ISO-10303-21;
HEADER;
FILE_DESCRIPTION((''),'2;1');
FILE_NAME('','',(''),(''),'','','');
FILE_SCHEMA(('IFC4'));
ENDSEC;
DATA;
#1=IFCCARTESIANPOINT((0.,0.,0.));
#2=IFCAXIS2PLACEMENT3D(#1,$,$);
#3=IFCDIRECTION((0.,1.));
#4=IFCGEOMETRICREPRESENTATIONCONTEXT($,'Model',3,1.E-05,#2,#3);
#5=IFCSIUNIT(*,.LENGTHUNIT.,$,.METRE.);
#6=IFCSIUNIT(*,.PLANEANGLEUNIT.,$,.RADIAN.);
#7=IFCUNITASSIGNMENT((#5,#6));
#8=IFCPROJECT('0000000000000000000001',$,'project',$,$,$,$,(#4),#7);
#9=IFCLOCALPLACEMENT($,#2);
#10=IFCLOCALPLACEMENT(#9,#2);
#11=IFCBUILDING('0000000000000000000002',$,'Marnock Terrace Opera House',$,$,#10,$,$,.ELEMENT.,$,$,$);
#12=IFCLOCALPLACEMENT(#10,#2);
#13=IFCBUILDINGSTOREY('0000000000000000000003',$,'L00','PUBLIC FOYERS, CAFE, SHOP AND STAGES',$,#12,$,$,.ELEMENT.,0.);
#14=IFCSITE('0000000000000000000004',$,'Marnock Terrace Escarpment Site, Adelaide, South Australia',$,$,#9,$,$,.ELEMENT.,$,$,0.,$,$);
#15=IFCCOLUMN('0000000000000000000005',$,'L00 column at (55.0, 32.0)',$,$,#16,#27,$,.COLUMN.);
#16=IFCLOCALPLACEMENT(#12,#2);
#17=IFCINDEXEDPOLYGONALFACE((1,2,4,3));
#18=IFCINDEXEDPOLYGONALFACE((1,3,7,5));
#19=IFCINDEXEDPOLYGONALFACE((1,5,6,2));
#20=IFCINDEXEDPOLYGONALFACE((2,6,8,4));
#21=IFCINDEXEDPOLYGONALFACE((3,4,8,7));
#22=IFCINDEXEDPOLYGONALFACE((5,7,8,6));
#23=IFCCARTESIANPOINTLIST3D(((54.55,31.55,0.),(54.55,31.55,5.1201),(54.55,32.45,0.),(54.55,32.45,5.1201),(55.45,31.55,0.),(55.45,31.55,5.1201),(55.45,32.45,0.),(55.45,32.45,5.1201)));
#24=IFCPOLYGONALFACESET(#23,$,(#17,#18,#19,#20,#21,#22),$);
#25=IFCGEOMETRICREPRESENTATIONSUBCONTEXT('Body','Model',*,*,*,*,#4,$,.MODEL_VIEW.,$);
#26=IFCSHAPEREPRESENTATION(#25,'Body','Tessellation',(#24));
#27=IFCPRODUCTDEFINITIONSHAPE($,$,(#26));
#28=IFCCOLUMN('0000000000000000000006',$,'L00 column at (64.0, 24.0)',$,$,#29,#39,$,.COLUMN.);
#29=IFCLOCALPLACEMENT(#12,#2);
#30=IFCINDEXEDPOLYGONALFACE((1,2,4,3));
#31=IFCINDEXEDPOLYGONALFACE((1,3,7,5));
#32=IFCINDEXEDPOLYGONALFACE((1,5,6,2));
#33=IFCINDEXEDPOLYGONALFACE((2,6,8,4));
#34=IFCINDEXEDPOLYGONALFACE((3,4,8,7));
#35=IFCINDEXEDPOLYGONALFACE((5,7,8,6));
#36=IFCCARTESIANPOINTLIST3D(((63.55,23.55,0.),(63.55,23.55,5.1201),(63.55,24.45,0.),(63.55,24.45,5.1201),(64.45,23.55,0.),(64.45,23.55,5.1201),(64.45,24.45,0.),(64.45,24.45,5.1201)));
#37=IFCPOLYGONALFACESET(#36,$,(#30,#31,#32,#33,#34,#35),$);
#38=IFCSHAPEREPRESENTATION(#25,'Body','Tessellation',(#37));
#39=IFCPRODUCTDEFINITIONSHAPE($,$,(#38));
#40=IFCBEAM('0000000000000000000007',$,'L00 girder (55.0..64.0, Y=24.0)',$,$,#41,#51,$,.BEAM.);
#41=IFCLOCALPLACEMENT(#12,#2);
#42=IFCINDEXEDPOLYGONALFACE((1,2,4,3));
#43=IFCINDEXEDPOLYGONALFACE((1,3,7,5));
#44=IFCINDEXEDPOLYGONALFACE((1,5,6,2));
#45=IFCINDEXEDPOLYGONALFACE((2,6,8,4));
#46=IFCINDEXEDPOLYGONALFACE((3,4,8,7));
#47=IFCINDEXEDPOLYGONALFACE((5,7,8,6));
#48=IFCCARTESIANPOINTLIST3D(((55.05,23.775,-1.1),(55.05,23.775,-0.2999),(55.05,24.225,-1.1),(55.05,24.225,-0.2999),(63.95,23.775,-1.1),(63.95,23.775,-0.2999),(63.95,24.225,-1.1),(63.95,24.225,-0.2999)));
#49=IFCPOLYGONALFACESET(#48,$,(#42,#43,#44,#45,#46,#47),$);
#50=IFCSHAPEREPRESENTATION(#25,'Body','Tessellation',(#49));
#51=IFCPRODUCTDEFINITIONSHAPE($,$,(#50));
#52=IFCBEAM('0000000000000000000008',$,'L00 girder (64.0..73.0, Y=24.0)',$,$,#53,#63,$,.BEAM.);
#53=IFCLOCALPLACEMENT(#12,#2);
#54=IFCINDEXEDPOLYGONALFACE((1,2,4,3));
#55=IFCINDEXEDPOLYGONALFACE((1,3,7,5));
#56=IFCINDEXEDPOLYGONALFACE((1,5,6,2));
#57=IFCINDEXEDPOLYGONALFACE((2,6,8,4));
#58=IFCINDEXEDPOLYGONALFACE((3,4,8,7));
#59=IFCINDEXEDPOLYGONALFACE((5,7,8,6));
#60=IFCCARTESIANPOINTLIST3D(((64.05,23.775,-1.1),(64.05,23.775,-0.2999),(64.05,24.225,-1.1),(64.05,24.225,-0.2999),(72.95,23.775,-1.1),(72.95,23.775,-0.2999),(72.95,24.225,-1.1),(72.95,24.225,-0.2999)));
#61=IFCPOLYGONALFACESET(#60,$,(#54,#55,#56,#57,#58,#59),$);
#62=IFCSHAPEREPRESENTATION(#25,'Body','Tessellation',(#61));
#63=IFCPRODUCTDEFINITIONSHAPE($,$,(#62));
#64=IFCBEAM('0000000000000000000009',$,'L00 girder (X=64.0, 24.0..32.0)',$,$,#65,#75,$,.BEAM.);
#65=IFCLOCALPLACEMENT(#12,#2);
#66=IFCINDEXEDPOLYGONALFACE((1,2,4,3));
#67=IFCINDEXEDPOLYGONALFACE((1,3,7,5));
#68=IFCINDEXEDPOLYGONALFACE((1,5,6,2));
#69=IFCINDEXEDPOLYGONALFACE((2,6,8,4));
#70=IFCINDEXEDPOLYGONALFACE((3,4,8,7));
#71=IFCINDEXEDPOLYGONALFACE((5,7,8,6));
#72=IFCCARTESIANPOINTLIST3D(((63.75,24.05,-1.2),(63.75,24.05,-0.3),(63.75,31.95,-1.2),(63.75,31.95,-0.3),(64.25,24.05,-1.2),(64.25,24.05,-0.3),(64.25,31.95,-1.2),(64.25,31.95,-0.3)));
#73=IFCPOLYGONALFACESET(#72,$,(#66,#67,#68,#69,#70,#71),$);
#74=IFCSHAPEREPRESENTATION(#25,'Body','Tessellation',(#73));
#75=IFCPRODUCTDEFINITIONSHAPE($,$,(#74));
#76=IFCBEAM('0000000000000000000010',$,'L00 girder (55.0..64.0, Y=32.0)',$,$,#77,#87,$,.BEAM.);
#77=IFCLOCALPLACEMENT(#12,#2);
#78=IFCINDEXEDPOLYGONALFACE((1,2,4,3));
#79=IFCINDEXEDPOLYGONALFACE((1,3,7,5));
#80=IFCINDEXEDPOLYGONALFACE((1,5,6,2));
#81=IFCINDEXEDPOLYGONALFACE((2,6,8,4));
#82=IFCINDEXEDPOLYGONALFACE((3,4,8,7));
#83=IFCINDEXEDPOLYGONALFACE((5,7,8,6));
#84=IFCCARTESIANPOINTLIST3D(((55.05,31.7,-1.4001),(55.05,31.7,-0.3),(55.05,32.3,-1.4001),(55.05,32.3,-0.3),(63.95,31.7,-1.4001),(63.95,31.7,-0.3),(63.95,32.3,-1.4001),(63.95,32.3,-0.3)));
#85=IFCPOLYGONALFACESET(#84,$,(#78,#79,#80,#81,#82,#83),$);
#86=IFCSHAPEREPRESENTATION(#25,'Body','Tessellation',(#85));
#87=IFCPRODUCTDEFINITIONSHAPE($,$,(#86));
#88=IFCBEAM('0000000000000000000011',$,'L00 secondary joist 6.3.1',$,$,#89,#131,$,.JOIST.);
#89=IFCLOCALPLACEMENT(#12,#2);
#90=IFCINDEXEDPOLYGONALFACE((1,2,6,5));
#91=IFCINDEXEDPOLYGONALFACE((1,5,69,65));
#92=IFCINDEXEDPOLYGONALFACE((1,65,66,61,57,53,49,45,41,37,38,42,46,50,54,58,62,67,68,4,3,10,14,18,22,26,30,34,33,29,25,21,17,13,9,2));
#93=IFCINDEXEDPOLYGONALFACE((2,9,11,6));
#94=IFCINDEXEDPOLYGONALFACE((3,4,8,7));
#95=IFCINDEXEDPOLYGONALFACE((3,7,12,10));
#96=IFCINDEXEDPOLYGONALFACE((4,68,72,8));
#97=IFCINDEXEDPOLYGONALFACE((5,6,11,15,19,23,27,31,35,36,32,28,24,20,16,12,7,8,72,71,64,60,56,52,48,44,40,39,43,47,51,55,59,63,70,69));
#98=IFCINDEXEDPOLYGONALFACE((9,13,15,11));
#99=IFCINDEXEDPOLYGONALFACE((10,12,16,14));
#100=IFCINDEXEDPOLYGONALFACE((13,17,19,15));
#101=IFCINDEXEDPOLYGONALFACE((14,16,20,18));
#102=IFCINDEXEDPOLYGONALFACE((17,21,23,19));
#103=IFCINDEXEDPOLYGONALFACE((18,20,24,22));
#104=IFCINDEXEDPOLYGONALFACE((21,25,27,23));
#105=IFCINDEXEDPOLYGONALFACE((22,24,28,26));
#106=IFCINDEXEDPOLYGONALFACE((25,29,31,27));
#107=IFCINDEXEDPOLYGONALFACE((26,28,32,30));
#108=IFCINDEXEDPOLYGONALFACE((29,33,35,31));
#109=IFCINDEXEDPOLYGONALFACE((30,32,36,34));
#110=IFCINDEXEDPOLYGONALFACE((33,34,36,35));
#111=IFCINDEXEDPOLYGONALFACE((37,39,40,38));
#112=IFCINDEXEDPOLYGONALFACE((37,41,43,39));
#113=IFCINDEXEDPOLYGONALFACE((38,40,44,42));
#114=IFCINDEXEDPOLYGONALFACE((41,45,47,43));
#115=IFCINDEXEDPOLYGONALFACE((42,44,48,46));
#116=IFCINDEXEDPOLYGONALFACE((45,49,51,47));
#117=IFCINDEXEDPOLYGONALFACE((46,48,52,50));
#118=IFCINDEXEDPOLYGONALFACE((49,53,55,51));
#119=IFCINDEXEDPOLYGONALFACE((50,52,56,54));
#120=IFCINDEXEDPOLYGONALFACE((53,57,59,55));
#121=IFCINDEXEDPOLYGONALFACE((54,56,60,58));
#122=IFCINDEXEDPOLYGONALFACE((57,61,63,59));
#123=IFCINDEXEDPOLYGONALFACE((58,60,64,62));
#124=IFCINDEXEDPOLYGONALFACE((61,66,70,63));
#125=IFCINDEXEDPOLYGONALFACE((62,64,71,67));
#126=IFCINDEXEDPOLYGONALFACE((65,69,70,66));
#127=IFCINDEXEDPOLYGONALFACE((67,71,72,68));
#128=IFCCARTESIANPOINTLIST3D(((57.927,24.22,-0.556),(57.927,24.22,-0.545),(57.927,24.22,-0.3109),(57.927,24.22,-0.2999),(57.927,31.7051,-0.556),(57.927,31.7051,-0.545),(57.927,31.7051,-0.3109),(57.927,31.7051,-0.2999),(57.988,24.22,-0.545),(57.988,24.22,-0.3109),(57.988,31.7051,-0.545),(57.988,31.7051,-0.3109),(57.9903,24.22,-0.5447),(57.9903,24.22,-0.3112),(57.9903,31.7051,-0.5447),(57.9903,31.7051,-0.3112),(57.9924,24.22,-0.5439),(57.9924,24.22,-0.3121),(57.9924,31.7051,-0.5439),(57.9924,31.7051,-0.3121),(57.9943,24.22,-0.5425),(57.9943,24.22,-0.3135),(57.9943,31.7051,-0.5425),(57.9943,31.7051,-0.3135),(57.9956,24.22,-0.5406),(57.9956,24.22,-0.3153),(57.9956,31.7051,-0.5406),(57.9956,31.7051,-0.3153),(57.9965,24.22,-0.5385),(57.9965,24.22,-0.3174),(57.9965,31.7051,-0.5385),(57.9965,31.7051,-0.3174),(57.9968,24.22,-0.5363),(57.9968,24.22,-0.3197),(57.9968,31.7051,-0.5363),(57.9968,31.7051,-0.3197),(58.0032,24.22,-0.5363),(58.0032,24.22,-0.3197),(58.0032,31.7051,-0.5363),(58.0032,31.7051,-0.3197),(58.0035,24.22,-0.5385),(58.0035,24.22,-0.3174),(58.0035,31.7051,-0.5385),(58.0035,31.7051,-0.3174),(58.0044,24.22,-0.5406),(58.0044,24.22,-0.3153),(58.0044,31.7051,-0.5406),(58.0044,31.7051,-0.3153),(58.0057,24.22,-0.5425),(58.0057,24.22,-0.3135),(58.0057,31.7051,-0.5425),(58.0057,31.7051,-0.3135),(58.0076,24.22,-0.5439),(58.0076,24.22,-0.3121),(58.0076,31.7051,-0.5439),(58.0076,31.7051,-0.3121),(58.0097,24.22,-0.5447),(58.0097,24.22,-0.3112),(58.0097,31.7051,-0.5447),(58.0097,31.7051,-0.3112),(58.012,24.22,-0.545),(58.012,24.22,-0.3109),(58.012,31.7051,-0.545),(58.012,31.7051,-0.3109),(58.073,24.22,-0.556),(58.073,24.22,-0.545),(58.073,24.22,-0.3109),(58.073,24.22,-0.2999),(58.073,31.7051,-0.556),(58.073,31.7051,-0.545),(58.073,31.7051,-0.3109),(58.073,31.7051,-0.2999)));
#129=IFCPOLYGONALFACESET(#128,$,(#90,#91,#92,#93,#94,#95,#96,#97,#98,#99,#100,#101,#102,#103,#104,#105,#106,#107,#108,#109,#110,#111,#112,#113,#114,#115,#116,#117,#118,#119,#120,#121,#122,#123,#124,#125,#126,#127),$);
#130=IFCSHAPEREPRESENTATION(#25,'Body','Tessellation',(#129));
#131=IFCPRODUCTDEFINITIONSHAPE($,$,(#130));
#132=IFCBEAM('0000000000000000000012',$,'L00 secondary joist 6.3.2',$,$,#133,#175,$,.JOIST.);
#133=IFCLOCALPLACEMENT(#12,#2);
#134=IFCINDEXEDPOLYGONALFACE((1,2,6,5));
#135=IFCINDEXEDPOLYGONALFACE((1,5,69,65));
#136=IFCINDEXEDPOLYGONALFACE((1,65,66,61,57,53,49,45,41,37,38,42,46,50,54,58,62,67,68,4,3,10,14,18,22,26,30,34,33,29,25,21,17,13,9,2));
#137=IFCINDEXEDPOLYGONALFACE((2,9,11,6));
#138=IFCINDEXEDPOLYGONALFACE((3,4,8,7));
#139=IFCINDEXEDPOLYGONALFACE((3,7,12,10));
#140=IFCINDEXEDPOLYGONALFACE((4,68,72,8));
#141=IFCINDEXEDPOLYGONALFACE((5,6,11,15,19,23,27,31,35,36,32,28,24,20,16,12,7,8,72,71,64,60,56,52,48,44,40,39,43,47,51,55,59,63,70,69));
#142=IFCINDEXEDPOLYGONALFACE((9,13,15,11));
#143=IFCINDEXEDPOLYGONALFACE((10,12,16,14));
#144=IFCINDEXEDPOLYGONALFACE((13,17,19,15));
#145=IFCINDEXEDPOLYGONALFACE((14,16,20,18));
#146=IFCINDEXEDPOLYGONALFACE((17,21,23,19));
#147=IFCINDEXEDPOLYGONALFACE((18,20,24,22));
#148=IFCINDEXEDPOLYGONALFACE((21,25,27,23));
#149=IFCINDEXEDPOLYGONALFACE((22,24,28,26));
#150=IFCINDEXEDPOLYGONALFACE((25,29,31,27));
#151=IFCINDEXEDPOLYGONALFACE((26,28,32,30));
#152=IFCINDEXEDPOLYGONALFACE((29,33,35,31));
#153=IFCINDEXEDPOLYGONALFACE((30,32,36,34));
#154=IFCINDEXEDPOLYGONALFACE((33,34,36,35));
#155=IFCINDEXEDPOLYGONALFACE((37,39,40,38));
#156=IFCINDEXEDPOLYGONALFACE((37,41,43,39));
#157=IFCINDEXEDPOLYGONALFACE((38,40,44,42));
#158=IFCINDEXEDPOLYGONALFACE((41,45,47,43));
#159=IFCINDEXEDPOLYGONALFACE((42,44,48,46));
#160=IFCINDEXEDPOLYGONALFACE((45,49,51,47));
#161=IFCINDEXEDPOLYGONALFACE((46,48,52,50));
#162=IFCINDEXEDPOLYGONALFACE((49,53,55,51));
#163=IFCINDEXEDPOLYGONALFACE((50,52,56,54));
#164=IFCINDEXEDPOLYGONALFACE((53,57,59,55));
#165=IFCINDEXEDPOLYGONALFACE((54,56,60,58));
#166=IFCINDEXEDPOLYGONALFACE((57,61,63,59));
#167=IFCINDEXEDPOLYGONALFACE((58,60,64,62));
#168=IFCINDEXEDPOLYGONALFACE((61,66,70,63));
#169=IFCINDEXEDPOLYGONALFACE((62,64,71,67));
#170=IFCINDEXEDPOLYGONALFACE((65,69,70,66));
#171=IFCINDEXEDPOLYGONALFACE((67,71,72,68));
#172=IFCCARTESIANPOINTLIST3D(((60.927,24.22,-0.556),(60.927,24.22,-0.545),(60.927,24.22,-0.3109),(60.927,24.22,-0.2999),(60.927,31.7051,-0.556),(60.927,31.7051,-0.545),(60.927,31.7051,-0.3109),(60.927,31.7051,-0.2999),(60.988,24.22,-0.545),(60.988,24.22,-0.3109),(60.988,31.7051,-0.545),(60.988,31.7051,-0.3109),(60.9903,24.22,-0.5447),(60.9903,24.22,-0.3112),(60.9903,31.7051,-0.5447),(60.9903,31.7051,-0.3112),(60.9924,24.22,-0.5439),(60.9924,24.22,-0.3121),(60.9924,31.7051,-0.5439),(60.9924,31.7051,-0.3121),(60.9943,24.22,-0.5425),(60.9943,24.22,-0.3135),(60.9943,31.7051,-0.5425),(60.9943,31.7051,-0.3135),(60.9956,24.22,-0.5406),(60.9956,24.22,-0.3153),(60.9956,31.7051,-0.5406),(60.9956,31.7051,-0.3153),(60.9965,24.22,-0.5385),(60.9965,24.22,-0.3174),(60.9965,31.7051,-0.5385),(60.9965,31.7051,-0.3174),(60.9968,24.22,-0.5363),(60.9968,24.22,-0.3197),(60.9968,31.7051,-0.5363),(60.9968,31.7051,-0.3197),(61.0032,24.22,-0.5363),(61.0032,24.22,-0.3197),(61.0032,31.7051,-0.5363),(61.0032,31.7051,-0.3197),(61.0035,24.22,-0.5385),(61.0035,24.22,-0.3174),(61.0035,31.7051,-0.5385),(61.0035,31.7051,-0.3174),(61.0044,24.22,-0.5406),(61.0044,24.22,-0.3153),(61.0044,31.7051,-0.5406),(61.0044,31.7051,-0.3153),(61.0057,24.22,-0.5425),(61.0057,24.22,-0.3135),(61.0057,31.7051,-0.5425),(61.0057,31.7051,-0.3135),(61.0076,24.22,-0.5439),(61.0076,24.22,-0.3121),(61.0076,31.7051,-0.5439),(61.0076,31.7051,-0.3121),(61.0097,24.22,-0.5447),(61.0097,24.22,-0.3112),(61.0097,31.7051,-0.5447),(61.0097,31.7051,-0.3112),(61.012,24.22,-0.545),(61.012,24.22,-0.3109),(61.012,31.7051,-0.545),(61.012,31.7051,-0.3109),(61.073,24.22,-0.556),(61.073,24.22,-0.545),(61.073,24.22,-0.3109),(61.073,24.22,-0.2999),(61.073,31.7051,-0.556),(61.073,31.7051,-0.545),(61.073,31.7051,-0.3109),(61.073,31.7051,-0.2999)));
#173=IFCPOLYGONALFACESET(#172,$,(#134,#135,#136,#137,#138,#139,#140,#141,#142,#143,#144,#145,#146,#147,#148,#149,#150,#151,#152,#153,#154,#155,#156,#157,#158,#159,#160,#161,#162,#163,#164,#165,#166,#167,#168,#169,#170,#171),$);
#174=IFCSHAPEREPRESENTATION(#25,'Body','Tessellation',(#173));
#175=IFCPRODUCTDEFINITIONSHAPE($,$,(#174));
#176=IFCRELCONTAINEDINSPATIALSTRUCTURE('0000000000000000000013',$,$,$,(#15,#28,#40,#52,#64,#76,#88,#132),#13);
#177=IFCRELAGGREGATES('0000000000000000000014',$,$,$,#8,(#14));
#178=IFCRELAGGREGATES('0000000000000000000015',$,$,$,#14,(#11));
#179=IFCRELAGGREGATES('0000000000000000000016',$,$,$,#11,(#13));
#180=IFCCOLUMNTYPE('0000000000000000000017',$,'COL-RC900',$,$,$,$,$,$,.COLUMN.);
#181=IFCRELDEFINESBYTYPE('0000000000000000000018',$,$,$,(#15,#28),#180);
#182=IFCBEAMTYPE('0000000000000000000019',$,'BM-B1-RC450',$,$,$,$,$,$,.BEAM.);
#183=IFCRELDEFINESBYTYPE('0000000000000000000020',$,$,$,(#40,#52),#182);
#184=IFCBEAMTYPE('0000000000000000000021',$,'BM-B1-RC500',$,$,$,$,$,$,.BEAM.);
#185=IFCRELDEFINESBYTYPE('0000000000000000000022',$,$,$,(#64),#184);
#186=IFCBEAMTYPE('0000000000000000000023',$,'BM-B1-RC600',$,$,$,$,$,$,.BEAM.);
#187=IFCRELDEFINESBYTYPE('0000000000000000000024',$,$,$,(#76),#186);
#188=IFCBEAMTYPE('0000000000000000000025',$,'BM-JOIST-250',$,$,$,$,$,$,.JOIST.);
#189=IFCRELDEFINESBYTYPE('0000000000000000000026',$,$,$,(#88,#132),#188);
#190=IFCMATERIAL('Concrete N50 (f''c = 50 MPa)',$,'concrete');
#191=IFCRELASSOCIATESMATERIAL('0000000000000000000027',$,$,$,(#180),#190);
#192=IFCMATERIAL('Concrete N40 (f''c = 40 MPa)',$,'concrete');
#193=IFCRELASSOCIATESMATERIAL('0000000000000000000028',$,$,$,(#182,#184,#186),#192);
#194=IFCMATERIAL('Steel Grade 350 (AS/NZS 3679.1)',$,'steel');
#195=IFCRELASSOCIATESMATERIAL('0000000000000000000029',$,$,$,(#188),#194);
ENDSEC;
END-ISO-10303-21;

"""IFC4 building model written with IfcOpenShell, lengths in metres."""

from ifc_helpers import new_model, si_unit, direction, frame, origin, origin_2d, place, context, subcontext, project, spatial, rectangle, i_section, extrude, material, material_profile, profile_set, type_object, element, save


model = new_model("IFC4")

# Units and contexts
model_context = context("Model", 3, precision=1e-05, world=origin(), true_north=direction((0.0, 1.0)))
body_context = subcontext(model_context, "Body", "Model", "MODEL_VIEW")
ifc_project = project(units=[si_unit("LENGTHUNIT", "METRE"), si_unit("PLANEANGLEUNIT", "RADIAN")], contexts=[model_context])

# Site, building, storey
site_placement = place(None, origin())
site = spatial("IfcSite", under=ifc_project, at=site_placement, Name="Marnock Terrace Escarpment Site, Adelaide, South Australia", CompositionType="ELEMENT", RefElevation=0.0)
building_placement = place(site_placement, origin())
building = spatial("IfcBuilding", under=site, at=building_placement, Name="Marnock Terrace Opera House", CompositionType="ELEMENT")
storey_placement = place(building_placement, origin())
storey = spatial("IfcBuildingStorey", under=building, at=storey_placement, Name="L00", Description="PUBLIC FOYERS, CAFE, SHOP AND STAGES", CompositionType="ELEMENT", Elevation=0.0)

# Columns
ifc_material_1 = material(Name="Concrete N50 (f'c = 50 MPa)", Category="concrete")
ifc_material_profile_1 = material_profile(ifc_material_1, rectangle(XDim=0.8999, YDim=0.8999, at=origin_2d()))
ifc_profile_set_1 = profile_set([ifc_material_profile_1], Name="Concrete N50 (f'c = 50 MPa)")
column_type = type_object("IfcColumnType", Name="COL-RC900", PredefinedType="COLUMN", material=ifc_profile_set_1)
for number, where, z_axis, x_axis, name in (
    (1, (55.0, 32.0, 0.0), (0.0, 0.0, 1.0), (1.0, 0.0, 0.0), "L00 column at (55.0, 32.0)"),
    (2, (64.0, 24.0, 0.0), (0.0, 0.0, 1.0), (1.0, 0.0, 0.0), "L00 column at (64.0, 24.0)"),
):
    element("IfcColumn", number, at=place(storey_placement, frame(where, z_axis=z_axis, x_axis=x_axis)), inside=storey, type_object=column_type, Name=name, PredefinedType="COLUMN", context=body_context, shape_type="SweptSolid", body=[
        extrude(rectangle(XDim=0.8999, YDim=0.8999, at=origin_2d()), origin(), (0.0, 0.0, 1.0), 5.1201),
    ])

# Beams
ifc_material_2 = material(Name="Concrete N40 (f'c = 40 MPa)", Category="concrete")
ifc_material_profile_2 = material_profile(ifc_material_2, rectangle(XDim=0.45, YDim=0.8, at=origin_2d()))
ifc_profile_set_2 = profile_set([ifc_material_profile_2], Name="Concrete N40 (f'c = 40 MPa)")
beam_type_1 = type_object("IfcBeamType", Name="BM-B1-RC450", PredefinedType="BEAM", material=ifc_profile_set_2)
for number, where, z_axis, x_axis, name in (
    (3, (55.05, 24.0, -0.7), (1.0, 0.0, 0.0), (0.0, 1.0, 0.0), "L00 girder (55.0..64.0, Y=24.0)"),
    (4, (64.05, 24.0, -0.7), (1.0, 0.0, 0.0), (0.0, 1.0, 0.0), "L00 girder (64.0..73.0, Y=24.0)"),
):
    element("IfcBeam", number, at=place(storey_placement, frame(where, z_axis=z_axis, x_axis=x_axis)), inside=storey, type_object=beam_type_1, Name=name, PredefinedType="BEAM", context=body_context, shape_type="SweptSolid", body=[
        extrude(rectangle(XDim=0.45, YDim=0.8, at=origin_2d()), origin(), (0.0, 0.0, 1.0), 8.8999),
    ])
ifc_material_profile_3 = material_profile(ifc_material_2, rectangle(XDim=0.5, YDim=0.8999, at=origin_2d()))
ifc_profile_set_3 = profile_set([ifc_material_profile_3], Name="Concrete N40 (f'c = 40 MPa)")
beam_type_2 = type_object("IfcBeamType", Name="BM-B1-RC500", PredefinedType="BEAM", material=ifc_profile_set_3)
beam_1_placement = place(storey_placement, frame((64.0, 24.05, -0.75), z_axis=(0.0, 1.0, 0.0), x_axis=(-1.0, 0.0, 0.0)))
element("IfcBeam", 5, at=beam_1_placement, inside=storey, type_object=beam_type_2, Name="L00 girder (X=64.0, 24.0..32.0)", PredefinedType="BEAM", context=body_context, shape_type="SweptSolid", body=[
    extrude(rectangle(XDim=0.5, YDim=0.8999, at=origin_2d()), origin(), (0.0, 0.0, 1.0), 7.8999),
])
ifc_material_profile_4 = material_profile(ifc_material_2, rectangle(XDim=0.6001, YDim=1.1001, at=origin_2d()))
ifc_profile_set_4 = profile_set([ifc_material_profile_4], Name="Concrete N40 (f'c = 40 MPa)")
beam_type_3 = type_object("IfcBeamType", Name="BM-B1-RC600", PredefinedType="BEAM", material=ifc_profile_set_4)
beam_2_placement = place(storey_placement, frame((55.05, 32.0, -0.8501), z_axis=(1.0, 0.0, 0.0), x_axis=(0.0, 1.0, 0.0)))
element("IfcBeam", 6, at=beam_2_placement, inside=storey, type_object=beam_type_3, Name="L00 girder (55.0..64.0, Y=32.0)", PredefinedType="BEAM", context=body_context, shape_type="SweptSolid", body=[
    extrude(rectangle(XDim=0.6001, YDim=1.1001, at=origin_2d()), origin(), (0.0, 0.0, 1.0), 8.8999),
])
ifc_material_3 = material(Name="Steel Grade 350 (AS/NZS 3679.1)", Category="steel")
ifc_material_profile_5 = material_profile(ifc_material_3, i_section(OverallWidth=0.146, OverallDepth=0.2561, WebThickness=0.0063, FlangeThickness=0.011, FilletRadius=0.0088, at=origin_2d()))
ifc_profile_set_5 = profile_set([ifc_material_profile_5], Name="Steel Grade 350 (AS/NZS 3679.1)")
beam_type_4 = type_object("IfcBeamType", Name="BM-JOIST-250", PredefinedType="JOIST", material=ifc_profile_set_5)
for number, where, z_axis, x_axis, name in (
    (7, (58.0, 24.22, -0.428), (0.0, 1.0, 0.0), (-1.0, 0.0, 0.0), "L00 secondary joist 6.3.1"),
    (8, (61.0, 24.22, -0.428), (0.0, 1.0, 0.0), (-1.0, 0.0, 0.0), "L00 secondary joist 6.3.2"),
):
    element("IfcBeam", number, at=place(storey_placement, frame(where, z_axis=z_axis, x_axis=x_axis)), inside=storey, type_object=beam_type_4, Name=name, PredefinedType="JOIST", context=body_context, shape_type="SweptSolid", body=[
        extrude(i_section(OverallWidth=0.146, OverallDepth=0.2561, WebThickness=0.0063, FlangeThickness=0.011, FilletRadius=0.0088, at=origin_2d()), origin(), (0.0, 0.0, 1.0), 7.4851),
    ])

save(model, "model.ifc")
